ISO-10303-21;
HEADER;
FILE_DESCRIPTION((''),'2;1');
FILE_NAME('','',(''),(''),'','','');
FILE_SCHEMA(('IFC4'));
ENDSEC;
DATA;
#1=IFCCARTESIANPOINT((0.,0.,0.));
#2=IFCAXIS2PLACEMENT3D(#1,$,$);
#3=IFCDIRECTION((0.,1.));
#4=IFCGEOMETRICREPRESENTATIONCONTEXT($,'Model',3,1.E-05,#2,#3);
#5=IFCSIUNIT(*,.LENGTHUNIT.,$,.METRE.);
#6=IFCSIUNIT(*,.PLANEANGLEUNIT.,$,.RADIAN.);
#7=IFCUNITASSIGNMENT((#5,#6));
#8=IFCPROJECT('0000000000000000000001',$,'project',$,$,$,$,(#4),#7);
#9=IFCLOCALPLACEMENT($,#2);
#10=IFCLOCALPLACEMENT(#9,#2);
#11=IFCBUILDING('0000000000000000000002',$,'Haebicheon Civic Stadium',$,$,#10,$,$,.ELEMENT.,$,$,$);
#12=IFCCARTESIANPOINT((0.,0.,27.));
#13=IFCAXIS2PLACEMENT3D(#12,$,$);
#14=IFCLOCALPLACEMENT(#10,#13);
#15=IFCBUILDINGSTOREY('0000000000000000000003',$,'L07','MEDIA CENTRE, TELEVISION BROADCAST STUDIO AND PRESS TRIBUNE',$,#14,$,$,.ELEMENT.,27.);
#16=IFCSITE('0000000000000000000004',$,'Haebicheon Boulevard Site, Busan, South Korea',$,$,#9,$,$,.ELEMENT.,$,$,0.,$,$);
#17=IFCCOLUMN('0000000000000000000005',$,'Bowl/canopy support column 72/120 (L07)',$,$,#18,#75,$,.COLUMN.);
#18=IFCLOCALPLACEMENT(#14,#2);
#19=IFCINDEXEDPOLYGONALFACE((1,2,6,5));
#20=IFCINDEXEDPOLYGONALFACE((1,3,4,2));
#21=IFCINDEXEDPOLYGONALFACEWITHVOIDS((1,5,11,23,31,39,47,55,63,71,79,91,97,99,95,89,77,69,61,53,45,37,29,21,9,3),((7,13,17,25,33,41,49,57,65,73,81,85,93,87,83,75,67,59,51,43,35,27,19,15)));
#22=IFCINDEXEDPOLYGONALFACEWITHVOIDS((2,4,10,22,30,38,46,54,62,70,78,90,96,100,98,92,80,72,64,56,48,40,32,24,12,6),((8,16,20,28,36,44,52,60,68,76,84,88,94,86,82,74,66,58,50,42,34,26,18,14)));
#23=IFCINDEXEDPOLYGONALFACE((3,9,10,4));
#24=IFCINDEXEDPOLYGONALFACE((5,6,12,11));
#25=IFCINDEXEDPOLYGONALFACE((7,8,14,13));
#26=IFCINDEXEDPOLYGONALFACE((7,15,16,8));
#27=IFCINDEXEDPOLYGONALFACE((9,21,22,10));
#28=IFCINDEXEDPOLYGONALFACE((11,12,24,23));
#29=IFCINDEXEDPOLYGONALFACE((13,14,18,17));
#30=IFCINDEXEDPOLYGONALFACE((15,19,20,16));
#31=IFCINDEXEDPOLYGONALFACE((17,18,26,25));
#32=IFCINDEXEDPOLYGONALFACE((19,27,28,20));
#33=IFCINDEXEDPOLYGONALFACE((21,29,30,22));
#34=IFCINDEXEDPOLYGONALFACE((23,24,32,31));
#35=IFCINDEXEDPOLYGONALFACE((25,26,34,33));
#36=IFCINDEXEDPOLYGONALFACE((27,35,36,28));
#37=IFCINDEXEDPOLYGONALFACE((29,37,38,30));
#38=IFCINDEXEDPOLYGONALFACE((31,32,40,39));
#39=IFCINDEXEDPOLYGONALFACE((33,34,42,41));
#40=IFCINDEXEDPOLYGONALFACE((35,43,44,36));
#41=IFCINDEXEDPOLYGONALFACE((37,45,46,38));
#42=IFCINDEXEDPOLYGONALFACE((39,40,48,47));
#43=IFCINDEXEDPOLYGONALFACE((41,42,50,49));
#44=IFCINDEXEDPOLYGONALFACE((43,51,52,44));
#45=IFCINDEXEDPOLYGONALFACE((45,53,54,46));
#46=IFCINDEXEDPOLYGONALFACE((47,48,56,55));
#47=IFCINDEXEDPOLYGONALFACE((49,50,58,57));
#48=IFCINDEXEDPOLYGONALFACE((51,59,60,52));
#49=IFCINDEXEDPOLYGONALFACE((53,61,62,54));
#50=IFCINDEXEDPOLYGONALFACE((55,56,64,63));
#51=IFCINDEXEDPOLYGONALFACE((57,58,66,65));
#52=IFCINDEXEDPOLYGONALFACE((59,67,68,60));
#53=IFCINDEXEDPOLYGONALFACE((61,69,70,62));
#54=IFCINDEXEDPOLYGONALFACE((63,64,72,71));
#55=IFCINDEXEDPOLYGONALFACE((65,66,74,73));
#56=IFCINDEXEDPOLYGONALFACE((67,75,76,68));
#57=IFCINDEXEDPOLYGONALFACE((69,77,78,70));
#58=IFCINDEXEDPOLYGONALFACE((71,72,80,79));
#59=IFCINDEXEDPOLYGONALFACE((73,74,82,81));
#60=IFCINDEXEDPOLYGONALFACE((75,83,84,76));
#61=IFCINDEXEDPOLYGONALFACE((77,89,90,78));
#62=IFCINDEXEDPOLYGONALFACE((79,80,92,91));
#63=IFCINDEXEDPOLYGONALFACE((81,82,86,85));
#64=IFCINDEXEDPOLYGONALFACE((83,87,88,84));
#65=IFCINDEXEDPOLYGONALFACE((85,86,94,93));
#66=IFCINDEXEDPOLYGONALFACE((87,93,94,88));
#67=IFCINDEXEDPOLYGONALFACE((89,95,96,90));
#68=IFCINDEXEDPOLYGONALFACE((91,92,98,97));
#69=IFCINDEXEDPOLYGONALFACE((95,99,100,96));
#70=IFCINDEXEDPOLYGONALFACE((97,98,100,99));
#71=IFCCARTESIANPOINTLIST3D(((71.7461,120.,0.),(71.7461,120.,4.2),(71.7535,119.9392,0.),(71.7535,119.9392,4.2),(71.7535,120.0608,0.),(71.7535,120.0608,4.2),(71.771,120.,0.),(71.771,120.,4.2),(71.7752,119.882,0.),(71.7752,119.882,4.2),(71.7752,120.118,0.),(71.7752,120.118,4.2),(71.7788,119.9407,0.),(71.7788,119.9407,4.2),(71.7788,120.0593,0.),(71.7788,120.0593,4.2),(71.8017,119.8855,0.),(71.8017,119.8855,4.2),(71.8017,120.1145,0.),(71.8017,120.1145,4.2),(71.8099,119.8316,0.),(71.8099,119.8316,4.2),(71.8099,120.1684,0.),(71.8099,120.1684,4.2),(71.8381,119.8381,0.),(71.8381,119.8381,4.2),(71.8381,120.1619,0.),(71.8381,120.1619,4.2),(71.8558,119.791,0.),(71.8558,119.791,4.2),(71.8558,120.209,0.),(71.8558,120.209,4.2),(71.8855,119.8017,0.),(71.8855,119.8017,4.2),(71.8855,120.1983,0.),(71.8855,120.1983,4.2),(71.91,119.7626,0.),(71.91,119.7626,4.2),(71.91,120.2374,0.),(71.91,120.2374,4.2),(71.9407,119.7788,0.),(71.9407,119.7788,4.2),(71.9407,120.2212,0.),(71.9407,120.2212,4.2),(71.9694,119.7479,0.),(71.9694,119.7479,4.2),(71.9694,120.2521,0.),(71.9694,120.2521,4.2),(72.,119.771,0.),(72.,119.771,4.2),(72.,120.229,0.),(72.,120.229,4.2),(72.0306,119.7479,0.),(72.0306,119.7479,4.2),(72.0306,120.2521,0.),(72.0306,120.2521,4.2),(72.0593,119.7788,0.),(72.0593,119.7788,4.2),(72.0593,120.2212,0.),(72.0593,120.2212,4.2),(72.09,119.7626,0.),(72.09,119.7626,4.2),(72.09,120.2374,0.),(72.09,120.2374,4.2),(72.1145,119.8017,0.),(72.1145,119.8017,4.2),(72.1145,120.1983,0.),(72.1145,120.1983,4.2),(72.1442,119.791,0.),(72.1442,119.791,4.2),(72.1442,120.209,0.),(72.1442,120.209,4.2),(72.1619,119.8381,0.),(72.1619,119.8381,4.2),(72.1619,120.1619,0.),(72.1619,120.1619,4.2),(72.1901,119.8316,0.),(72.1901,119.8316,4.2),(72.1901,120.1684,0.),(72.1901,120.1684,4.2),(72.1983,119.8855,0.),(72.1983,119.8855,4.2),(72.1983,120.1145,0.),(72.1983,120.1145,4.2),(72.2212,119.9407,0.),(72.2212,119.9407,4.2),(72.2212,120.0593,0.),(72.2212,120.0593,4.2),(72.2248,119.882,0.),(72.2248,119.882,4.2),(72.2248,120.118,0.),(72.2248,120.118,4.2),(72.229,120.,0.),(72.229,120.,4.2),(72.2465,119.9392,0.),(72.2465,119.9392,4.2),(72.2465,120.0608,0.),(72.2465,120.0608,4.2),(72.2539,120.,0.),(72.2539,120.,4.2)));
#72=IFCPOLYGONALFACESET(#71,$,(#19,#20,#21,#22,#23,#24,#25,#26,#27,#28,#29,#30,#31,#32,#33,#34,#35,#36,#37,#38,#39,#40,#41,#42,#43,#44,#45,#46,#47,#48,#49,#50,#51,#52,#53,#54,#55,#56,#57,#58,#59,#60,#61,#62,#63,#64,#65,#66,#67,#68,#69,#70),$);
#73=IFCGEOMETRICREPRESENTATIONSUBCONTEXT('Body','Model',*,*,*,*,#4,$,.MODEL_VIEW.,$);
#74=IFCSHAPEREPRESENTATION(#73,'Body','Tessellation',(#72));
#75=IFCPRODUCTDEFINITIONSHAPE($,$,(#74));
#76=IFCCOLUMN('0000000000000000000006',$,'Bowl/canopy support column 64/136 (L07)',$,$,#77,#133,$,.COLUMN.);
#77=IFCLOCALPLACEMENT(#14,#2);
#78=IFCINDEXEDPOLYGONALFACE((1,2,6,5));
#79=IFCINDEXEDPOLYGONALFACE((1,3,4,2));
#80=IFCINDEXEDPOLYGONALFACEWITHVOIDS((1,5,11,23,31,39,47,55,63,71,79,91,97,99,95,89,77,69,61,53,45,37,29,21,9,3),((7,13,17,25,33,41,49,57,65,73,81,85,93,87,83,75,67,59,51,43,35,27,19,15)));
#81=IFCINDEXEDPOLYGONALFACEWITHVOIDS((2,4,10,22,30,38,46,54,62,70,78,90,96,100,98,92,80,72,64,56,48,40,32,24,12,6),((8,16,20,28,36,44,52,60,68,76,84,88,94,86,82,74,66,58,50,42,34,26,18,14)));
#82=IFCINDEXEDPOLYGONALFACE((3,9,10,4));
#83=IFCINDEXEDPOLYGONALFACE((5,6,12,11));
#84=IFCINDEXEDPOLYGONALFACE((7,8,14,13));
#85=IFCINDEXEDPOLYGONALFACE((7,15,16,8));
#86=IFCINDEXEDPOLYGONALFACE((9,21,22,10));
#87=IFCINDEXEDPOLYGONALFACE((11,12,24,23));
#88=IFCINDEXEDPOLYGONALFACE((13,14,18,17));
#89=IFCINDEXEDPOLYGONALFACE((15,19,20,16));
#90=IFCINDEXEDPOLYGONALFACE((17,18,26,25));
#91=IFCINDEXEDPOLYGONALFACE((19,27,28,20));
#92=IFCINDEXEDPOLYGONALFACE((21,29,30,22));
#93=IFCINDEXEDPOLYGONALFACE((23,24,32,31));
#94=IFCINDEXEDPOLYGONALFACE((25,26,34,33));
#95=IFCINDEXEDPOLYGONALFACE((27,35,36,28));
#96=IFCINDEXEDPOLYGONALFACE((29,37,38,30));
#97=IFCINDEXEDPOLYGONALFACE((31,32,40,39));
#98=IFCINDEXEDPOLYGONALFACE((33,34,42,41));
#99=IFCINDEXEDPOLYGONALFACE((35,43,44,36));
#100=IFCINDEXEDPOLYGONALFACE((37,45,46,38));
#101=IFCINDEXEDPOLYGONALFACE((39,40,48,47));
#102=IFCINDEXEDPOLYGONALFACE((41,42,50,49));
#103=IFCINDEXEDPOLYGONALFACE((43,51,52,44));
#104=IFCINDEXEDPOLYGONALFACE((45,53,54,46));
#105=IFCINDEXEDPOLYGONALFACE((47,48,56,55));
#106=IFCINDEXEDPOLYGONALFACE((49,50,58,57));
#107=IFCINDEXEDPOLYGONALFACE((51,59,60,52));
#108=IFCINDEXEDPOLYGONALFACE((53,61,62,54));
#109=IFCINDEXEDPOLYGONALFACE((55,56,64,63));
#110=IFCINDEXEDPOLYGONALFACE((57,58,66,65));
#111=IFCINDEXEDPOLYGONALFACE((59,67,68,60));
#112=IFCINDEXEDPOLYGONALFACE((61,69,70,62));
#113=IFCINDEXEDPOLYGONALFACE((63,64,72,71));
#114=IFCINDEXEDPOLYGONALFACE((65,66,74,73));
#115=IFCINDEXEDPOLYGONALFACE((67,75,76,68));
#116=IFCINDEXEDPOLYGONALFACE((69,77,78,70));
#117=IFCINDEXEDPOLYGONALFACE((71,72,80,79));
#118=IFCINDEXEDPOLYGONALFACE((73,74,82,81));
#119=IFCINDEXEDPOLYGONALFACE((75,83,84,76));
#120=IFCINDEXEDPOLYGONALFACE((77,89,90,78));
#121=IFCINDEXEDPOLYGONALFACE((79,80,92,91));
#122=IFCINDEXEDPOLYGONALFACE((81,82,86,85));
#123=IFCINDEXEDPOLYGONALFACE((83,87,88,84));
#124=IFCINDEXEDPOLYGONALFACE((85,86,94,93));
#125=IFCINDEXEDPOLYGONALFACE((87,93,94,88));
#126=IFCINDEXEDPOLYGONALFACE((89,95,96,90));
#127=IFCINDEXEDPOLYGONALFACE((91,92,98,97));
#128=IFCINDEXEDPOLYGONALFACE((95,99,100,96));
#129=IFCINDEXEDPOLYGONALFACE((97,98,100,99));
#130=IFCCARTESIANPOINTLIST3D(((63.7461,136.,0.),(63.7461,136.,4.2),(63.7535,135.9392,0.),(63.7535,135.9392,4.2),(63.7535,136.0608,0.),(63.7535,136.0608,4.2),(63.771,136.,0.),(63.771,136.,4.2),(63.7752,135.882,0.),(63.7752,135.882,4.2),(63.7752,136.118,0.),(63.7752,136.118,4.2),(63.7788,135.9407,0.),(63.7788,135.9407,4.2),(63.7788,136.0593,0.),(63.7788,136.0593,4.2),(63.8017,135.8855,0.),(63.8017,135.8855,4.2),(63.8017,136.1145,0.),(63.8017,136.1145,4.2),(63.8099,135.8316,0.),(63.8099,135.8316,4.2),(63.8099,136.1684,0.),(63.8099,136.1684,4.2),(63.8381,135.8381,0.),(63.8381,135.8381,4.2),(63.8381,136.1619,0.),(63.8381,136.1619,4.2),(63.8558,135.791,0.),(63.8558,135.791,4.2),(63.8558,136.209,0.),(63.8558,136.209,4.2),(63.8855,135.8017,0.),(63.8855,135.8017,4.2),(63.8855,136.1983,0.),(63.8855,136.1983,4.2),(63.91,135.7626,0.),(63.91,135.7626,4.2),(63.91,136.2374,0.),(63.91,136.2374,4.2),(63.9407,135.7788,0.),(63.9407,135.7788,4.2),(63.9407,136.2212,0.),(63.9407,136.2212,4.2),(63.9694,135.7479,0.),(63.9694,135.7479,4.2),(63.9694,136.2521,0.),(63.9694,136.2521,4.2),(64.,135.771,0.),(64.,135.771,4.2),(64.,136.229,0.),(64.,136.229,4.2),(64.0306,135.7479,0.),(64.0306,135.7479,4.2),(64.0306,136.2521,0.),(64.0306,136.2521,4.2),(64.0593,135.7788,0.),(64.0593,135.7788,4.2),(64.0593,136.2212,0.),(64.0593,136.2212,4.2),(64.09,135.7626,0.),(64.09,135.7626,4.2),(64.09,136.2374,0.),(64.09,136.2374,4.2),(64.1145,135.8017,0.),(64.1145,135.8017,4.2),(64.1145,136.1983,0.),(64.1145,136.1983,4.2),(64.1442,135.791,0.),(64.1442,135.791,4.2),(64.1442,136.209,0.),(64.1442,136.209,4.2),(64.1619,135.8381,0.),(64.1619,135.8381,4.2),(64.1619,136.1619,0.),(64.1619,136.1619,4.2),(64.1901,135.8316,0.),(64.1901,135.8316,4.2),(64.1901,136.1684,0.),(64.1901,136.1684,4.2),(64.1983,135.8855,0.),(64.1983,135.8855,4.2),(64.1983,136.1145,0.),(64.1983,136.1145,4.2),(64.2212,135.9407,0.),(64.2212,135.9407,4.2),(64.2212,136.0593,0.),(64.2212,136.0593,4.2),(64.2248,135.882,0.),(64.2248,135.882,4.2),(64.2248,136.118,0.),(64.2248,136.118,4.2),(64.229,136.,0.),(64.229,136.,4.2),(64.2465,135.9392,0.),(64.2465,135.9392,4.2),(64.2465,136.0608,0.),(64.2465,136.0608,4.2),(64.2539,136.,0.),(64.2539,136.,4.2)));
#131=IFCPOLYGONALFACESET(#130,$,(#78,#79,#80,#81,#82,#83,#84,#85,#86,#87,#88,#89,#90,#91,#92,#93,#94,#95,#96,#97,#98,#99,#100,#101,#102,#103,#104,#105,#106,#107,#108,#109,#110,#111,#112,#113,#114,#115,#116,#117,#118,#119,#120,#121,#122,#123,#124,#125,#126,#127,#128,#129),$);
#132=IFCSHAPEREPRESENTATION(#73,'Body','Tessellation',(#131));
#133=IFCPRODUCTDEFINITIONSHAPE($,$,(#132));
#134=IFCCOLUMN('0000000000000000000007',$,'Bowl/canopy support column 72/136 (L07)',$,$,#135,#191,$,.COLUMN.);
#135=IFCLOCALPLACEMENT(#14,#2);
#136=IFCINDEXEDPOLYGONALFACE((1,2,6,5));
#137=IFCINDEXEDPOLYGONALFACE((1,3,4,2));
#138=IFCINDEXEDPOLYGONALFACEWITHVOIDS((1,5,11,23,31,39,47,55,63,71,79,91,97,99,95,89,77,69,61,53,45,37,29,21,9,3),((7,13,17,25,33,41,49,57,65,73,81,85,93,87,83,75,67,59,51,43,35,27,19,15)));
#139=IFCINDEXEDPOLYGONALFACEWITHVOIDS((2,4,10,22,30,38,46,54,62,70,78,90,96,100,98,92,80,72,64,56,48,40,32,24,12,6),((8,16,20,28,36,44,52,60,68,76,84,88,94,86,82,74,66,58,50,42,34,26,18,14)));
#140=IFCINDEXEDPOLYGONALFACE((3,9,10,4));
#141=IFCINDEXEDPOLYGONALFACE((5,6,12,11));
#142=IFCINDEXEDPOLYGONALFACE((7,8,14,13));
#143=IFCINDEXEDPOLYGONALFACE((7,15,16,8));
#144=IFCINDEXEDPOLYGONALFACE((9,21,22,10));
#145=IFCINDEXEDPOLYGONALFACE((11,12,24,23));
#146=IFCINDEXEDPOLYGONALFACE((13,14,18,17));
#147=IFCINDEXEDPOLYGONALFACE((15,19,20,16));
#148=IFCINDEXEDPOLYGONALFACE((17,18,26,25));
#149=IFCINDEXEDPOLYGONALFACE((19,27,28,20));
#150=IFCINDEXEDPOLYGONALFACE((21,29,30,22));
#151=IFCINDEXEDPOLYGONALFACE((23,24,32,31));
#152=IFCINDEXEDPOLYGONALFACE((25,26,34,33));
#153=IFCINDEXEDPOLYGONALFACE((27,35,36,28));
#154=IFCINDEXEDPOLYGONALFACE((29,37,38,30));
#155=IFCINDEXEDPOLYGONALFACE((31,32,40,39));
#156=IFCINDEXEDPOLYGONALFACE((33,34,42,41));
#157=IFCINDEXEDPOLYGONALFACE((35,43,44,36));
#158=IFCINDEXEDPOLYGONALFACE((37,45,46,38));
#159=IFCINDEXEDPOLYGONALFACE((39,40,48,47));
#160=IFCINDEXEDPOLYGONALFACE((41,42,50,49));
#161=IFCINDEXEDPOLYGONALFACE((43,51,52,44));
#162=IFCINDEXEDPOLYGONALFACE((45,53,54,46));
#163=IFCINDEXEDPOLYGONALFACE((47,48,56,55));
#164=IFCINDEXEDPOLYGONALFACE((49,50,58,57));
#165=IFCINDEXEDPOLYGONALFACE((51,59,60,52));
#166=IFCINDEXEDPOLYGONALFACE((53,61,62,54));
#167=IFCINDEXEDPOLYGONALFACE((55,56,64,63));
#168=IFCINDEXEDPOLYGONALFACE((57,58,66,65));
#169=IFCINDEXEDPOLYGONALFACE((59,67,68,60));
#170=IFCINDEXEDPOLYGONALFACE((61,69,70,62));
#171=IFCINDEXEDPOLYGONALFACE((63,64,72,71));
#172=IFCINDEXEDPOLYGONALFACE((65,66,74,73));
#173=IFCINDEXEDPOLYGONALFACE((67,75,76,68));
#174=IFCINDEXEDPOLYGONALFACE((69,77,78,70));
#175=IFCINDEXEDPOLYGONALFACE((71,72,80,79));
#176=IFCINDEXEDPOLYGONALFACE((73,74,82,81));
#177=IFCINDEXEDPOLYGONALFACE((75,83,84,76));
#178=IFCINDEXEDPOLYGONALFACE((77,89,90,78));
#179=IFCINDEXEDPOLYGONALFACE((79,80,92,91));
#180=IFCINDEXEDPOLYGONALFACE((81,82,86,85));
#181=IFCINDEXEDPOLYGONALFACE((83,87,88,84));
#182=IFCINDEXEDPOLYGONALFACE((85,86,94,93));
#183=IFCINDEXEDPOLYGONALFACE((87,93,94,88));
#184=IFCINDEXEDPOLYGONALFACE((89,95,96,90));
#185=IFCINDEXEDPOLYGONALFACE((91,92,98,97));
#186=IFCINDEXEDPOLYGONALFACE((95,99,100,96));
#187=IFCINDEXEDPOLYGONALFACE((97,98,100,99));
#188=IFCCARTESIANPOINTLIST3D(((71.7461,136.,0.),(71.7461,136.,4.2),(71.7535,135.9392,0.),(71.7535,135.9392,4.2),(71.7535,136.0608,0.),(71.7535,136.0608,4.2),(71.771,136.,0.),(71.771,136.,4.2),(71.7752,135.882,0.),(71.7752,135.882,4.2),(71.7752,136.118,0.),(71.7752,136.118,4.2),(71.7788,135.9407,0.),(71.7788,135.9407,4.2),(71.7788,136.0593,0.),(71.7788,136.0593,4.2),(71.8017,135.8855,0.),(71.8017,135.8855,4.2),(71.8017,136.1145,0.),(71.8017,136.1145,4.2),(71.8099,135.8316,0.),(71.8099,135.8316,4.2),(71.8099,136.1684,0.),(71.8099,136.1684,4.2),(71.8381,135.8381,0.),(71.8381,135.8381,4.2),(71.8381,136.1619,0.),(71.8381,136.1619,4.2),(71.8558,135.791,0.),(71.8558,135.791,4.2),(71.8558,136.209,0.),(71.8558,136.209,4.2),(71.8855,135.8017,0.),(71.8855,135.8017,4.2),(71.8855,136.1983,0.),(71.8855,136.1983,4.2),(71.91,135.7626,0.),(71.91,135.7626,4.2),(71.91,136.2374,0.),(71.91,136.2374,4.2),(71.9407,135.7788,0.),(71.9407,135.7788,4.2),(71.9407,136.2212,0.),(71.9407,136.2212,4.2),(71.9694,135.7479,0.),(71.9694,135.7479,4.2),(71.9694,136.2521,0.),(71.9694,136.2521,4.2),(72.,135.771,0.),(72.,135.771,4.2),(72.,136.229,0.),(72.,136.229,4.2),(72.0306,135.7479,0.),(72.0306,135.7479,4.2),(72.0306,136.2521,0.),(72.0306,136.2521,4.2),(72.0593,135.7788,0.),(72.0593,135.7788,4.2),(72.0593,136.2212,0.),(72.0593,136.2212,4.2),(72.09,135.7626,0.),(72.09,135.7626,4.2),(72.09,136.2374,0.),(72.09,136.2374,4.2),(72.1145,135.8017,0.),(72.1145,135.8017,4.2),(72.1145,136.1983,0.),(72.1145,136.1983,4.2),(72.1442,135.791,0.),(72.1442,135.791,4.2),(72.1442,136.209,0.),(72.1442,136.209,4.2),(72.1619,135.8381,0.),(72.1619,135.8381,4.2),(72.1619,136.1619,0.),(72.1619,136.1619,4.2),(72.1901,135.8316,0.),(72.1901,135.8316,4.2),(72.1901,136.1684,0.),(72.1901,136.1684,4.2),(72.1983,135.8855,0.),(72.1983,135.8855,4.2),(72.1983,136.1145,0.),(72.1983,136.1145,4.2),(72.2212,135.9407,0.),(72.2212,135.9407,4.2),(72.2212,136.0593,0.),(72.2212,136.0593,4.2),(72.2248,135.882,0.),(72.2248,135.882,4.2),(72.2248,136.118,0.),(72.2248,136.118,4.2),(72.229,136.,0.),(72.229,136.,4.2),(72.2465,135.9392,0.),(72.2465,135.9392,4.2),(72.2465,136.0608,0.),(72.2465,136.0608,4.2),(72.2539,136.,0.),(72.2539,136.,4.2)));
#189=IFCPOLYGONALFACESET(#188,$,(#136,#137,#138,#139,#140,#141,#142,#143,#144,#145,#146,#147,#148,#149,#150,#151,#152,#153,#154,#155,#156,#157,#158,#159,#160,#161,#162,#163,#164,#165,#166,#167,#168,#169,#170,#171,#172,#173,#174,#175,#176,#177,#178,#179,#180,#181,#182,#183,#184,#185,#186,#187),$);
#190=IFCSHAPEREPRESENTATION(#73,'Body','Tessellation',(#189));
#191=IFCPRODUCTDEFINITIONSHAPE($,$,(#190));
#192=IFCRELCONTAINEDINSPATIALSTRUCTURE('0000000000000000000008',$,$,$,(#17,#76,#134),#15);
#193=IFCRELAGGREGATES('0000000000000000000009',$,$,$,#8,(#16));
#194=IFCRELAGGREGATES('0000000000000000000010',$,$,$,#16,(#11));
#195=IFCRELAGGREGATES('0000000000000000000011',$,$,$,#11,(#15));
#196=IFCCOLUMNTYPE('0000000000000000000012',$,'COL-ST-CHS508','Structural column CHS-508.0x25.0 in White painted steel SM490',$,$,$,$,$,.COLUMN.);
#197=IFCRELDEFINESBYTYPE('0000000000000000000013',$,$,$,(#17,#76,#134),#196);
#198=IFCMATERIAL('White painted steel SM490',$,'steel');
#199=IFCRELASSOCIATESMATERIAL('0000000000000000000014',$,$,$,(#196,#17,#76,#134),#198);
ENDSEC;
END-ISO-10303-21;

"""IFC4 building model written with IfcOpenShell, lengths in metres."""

from ifc_helpers import new_model, si_unit, direction, frame, origin, origin_2d, place, context, subcontext, project, spatial, hollow_circle, extrude, material, material_profile, profile_set, type_object, element, save


model = new_model("IFC4")

# Units and contexts
model_context = context("Model", 3, precision=1e-05, world=origin(), true_north=direction((0.0, 1.0)))
body_context = subcontext(model_context, "Body", "Model", "MODEL_VIEW")
ifc_project = project(units=[si_unit("LENGTHUNIT", "METRE"), si_unit("PLANEANGLEUNIT", "RADIAN")], contexts=[model_context])

# Site, building, storey
site_placement = place(None, origin())
site = spatial("IfcSite", under=ifc_project, at=site_placement, Name="Haebicheon Boulevard Site, Busan, South Korea", CompositionType="ELEMENT", RefElevation=0.0)
building_placement = place(site_placement, origin())
building = spatial("IfcBuilding", under=site, at=building_placement, Name="Haebicheon Civic Stadium", CompositionType="ELEMENT")
storey_placement = place(building_placement, frame((0.0, 0.0, 27.0)))
storey = spatial("IfcBuildingStorey", under=building, at=storey_placement, Name="L07", Description="MEDIA CENTRE, TELEVISION BROADCAST STUDIO AND PRESS TRIBUNE", CompositionType="ELEMENT", Elevation=27.0)

# Columns
ifc_material_1 = material(Name="White painted steel SM490", Category="steel")
ifc_material_profile = material_profile(ifc_material_1, hollow_circle(Radius=0.2539, WallThickness=0.0249, at=origin_2d()), Name="CHS-508.0x25.0")
ifc_profile_set = profile_set([ifc_material_profile], Name="White painted steel SM490")
column_type = type_object("IfcColumnType", Name="COL-ST-CHS508", Description="Structural column CHS-508.0x25.0 in White painted steel SM490", PredefinedType="COLUMN", material=ifc_profile_set)
for number, where, z_axis, x_axis, name in (
    (1, (72.0, 120.0, 0.0), (0.0, 0.0, 1.0), (1.0, 0.0, 0.0), "Bowl/canopy support column 72/120 (L07)"),
    (2, (64.0, 136.0, 0.0), (0.0, 0.0, 1.0), (1.0, 0.0, 0.0), "Bowl/canopy support column 64/136 (L07)"),
    (3, (72.0, 136.0, 0.0), (0.0, 0.0, 1.0), (1.0, 0.0, 0.0), "Bowl/canopy support column 72/136 (L07)"),
):
    element("IfcColumn", number, at=place(storey_placement, frame(where, z_axis=z_axis, x_axis=x_axis)), inside=storey, type_object=column_type, material=ifc_profile_set, Name=name, PredefinedType="COLUMN", context=body_context, shape_type="SweptSolid", body=[
        extrude(hollow_circle(Radius=0.2539, WallThickness=0.0249, at=origin_2d()), origin(), (0.0, 0.0, 1.0), 4.2),
    ])

save(model, "model.ifc")
